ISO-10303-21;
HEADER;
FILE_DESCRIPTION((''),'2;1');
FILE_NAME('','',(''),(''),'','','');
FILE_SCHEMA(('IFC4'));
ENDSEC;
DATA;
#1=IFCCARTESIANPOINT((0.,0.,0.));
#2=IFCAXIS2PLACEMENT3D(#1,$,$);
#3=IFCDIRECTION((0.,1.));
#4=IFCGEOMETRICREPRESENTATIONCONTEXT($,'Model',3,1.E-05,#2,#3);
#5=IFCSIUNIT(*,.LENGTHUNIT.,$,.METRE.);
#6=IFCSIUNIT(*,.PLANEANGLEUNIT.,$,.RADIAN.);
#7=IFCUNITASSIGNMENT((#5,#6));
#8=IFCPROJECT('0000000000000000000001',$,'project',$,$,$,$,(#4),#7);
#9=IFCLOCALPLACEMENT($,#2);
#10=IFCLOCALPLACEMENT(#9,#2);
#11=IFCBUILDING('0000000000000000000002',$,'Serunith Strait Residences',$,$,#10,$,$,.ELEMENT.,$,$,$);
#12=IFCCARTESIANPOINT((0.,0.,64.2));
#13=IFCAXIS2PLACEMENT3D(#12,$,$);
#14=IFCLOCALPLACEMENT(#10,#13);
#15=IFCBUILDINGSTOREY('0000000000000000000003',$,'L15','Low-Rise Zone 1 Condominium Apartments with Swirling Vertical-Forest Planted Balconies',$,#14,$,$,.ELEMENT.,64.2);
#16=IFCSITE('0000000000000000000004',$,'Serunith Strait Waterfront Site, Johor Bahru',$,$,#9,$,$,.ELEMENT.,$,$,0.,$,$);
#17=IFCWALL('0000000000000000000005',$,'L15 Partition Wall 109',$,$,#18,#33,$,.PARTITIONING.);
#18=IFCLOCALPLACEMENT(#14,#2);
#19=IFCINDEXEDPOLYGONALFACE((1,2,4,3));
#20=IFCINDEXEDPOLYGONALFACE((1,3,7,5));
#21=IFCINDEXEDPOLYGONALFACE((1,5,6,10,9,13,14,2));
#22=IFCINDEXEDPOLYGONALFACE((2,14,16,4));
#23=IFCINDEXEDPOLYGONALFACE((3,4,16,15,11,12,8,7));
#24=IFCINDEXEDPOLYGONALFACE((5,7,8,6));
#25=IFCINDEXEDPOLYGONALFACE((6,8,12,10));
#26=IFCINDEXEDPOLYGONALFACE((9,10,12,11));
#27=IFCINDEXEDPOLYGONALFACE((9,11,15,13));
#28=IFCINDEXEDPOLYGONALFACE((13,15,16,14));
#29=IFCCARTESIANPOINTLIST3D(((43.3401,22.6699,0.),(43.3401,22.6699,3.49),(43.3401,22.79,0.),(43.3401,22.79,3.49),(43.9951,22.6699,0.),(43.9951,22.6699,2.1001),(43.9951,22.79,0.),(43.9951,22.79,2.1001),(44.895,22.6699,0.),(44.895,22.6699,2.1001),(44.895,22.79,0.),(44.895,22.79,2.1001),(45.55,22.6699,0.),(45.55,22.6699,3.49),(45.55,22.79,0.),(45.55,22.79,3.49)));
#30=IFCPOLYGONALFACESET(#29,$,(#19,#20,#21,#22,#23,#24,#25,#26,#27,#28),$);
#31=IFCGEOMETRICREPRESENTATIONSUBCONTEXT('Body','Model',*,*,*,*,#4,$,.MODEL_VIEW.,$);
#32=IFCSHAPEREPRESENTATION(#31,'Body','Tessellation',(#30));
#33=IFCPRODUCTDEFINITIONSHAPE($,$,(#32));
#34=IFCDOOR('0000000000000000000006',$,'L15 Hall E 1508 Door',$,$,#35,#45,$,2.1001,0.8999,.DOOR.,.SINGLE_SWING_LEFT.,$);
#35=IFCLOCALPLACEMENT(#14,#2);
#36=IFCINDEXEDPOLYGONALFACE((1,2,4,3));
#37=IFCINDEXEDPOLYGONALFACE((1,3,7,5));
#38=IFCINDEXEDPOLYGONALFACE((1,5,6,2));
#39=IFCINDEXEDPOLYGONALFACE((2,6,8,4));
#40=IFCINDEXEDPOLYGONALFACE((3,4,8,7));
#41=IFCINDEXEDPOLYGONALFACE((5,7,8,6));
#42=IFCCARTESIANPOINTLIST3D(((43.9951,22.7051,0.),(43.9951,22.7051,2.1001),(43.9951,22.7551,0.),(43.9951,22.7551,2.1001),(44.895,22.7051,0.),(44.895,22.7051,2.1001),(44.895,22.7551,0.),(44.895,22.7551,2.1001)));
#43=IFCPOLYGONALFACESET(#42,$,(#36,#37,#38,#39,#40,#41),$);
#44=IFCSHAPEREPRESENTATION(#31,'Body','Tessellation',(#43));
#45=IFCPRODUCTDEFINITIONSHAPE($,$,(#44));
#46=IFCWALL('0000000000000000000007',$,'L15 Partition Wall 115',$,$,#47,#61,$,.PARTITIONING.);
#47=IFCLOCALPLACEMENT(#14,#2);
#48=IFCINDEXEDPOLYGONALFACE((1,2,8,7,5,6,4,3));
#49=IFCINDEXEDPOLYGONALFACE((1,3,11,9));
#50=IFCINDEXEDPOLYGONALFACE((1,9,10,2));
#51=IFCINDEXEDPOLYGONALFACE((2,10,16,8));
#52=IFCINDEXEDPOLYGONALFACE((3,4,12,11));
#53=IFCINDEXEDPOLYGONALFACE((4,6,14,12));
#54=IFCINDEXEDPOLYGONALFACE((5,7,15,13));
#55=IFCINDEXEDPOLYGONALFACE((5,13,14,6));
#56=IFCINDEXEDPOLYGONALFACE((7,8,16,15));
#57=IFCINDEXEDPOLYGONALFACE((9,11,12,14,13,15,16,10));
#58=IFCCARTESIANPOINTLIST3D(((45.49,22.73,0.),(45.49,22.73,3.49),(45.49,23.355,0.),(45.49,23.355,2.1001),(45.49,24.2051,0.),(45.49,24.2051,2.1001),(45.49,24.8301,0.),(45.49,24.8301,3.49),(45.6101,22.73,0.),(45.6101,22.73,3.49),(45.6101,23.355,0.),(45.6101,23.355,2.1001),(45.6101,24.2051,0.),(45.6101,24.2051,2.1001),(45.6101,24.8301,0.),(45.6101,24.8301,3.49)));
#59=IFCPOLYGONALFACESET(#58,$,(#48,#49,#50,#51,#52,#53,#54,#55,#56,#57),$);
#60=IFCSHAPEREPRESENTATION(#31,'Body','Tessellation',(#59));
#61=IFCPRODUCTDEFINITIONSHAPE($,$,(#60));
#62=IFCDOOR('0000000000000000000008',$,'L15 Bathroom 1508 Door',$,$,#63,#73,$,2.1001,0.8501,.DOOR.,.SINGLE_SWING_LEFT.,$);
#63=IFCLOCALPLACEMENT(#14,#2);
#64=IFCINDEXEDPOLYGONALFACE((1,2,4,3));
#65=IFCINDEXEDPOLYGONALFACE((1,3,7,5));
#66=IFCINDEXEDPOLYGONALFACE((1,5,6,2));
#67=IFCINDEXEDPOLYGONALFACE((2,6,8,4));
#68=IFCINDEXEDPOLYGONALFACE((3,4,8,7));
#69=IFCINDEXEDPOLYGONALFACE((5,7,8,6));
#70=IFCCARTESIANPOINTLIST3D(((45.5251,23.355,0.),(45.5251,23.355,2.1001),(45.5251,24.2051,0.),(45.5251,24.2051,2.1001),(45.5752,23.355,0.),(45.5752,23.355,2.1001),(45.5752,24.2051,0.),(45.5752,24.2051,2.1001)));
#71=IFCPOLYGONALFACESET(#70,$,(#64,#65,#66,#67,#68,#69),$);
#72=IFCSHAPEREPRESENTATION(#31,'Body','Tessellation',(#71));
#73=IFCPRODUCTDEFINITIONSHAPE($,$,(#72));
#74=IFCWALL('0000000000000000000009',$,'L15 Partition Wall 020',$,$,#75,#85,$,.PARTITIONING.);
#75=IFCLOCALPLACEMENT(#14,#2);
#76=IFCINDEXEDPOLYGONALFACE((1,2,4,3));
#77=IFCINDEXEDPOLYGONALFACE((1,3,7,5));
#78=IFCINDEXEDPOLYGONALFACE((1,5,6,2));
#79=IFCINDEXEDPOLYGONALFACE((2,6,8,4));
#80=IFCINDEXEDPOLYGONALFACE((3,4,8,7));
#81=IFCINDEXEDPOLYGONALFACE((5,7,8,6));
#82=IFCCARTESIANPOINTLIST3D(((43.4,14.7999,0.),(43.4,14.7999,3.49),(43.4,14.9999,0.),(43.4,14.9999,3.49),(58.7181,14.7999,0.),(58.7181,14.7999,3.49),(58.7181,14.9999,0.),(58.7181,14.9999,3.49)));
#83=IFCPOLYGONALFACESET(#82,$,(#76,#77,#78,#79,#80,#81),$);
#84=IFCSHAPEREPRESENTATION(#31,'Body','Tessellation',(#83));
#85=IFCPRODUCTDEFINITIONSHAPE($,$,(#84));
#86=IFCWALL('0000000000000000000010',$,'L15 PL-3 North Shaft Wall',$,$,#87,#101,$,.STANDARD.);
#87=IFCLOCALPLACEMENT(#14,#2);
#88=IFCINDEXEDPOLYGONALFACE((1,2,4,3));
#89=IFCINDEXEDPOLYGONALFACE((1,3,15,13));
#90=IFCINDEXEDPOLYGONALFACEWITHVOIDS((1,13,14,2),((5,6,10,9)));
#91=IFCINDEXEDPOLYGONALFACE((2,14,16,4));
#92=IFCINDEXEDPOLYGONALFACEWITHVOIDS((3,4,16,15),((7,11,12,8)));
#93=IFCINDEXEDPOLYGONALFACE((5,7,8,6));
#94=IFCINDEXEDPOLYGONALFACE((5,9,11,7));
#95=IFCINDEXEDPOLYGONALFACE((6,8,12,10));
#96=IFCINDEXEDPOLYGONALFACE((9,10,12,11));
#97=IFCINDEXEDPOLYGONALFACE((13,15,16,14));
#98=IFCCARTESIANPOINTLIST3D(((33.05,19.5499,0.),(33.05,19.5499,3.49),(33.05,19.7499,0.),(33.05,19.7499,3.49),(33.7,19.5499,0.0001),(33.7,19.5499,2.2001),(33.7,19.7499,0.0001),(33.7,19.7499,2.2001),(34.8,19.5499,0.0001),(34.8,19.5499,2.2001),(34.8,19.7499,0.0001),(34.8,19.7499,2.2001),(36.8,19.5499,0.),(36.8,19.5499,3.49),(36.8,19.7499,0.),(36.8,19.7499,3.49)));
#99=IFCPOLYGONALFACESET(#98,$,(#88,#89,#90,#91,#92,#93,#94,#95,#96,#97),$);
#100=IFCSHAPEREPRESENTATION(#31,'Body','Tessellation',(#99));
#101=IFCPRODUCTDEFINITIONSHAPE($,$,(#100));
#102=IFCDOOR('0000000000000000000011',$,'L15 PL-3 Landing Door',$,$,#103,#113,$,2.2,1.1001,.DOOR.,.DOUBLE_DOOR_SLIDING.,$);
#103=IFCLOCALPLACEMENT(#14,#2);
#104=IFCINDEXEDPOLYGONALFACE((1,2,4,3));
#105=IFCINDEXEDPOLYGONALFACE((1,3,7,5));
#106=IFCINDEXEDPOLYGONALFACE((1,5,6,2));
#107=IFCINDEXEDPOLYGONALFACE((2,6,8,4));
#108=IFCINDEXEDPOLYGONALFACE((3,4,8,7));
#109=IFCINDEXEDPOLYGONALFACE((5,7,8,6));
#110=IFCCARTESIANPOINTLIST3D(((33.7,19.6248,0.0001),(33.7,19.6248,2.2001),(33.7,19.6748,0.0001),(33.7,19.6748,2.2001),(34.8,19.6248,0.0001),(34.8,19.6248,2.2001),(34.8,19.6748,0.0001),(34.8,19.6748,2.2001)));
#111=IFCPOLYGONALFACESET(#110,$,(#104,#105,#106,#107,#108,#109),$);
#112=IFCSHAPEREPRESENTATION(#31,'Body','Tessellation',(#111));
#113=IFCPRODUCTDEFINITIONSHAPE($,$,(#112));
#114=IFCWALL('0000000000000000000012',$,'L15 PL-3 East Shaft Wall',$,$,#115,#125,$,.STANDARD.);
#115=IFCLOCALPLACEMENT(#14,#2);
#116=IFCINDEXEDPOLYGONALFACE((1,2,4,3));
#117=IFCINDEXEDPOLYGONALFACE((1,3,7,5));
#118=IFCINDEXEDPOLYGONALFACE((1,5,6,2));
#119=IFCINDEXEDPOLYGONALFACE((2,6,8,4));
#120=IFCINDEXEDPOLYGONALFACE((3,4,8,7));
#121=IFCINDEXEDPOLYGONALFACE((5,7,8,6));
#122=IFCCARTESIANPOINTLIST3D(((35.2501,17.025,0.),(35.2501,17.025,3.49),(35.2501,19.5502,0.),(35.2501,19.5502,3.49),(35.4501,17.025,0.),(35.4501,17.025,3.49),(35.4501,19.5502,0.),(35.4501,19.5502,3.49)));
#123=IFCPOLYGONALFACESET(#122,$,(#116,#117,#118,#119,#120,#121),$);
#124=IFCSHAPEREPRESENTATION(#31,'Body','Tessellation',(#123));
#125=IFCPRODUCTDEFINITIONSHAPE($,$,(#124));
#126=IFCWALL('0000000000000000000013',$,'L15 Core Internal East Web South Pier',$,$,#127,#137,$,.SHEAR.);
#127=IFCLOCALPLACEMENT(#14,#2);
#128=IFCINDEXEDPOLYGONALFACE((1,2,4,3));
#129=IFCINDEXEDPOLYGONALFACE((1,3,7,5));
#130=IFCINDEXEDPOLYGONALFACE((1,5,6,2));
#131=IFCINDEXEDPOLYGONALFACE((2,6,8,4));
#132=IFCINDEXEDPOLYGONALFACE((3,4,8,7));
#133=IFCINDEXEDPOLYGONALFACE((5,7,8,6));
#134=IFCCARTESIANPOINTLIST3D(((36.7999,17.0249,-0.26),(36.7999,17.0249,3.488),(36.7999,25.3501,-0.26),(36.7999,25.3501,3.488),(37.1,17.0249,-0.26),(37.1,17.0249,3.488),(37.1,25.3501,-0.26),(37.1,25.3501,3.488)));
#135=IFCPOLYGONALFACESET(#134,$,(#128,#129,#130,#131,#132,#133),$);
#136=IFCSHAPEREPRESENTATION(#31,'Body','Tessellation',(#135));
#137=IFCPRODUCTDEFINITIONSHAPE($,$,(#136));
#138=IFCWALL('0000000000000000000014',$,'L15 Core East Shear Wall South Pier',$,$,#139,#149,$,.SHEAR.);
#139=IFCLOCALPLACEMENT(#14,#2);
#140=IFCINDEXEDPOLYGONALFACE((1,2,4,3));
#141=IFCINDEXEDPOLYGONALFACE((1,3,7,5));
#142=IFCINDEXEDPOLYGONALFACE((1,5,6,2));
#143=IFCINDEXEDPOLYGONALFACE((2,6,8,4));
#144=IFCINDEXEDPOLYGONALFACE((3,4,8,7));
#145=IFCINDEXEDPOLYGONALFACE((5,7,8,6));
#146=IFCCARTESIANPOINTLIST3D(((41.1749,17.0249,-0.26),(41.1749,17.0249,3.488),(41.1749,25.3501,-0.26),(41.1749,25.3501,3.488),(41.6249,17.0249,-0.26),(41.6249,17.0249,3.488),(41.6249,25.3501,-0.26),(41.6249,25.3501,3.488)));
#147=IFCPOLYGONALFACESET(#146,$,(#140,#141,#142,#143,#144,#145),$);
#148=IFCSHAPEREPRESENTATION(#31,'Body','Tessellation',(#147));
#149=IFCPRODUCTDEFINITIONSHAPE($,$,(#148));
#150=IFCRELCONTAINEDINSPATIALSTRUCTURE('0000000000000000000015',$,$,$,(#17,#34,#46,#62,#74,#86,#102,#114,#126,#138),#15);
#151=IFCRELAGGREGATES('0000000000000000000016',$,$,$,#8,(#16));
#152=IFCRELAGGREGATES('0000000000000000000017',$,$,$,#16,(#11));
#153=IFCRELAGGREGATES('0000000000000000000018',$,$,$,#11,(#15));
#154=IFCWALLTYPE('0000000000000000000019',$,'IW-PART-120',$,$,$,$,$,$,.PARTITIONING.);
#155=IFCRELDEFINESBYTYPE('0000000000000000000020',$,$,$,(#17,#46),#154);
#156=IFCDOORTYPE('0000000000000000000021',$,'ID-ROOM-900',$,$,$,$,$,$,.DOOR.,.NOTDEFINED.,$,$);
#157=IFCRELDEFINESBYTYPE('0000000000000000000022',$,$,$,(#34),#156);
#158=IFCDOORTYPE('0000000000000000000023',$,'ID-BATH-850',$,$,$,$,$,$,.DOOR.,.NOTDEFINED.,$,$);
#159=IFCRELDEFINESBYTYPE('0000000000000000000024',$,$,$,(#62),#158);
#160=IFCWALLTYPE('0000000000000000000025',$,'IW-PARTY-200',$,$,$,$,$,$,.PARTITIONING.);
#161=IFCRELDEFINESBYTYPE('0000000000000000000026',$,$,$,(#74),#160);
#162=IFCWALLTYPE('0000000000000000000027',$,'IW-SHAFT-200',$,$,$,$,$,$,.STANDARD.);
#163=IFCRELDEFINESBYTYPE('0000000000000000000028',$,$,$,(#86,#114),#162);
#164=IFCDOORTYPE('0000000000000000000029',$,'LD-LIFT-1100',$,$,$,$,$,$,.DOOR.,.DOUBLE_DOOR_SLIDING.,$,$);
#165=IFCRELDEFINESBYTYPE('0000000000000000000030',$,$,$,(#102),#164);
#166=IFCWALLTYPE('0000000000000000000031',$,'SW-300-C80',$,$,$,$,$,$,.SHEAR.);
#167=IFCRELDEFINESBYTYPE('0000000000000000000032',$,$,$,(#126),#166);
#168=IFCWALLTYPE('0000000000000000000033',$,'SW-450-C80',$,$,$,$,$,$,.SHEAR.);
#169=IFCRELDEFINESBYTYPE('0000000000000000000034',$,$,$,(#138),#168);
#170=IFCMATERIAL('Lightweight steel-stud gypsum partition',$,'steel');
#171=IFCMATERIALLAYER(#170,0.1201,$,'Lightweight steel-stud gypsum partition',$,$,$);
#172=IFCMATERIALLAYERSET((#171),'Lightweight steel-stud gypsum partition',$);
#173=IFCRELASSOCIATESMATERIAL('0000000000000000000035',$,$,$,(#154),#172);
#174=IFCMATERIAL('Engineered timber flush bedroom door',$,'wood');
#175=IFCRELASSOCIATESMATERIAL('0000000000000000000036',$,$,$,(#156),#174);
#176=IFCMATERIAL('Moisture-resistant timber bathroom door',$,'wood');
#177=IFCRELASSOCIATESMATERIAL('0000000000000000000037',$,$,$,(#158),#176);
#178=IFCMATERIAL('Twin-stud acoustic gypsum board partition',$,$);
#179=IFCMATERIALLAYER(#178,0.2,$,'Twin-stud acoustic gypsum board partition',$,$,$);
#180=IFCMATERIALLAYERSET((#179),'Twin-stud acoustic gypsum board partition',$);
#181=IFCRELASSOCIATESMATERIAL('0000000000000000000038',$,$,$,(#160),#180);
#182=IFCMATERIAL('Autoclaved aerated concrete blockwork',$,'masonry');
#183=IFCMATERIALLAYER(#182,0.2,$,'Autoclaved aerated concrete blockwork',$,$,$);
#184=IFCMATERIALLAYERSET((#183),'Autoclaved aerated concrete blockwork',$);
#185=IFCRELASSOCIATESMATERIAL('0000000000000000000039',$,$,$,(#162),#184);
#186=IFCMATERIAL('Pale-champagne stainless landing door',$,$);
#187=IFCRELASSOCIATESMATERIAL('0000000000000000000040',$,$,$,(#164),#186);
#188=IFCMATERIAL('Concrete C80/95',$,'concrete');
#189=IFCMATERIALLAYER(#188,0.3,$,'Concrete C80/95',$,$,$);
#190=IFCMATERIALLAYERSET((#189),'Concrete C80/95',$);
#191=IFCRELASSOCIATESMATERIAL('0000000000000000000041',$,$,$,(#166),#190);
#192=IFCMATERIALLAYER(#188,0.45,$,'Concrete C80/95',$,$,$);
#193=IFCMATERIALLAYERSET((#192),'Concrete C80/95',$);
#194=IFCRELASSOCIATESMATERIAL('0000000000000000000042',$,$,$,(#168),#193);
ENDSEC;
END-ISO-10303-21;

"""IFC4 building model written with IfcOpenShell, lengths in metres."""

from ifc_helpers import new_model, si_unit, direction, frame, frame_2d, origin, place, context, subcontext, project, spatial, rectangle, extrude, source, transform, mapped, material, layer, layer_set, type_object, element, fill, save


model = new_model("IFC4")

# Units and contexts
model_context = context("Model", 3, precision=1e-05, world=origin(), true_north=direction((0.0, 1.0)))
body_context = subcontext(model_context, "Body", "Model", "MODEL_VIEW")
ifc_project = project(units=[si_unit("LENGTHUNIT", "METRE"), si_unit("PLANEANGLEUNIT", "RADIAN")], contexts=[model_context])

# Site, building, storey
site_placement = place(None, origin())
site = spatial("IfcSite", under=ifc_project, at=site_placement, Name="Serunith Strait Waterfront Site, Johor Bahru", CompositionType="ELEMENT", RefElevation=0.0)
building_placement = place(site_placement, origin())
building = spatial("IfcBuilding", under=site, at=building_placement, Name="Serunith Strait Residences", CompositionType="ELEMENT")
storey_placement = place(building_placement, frame((0.0, 0.0, 64.2)))
storey = spatial("IfcBuildingStorey", under=building, at=storey_placement, Name="L15", Description="Low-Rise Zone 1 Condominium Apartments with Swirling Vertical-Forest Planted Balconies", CompositionType="ELEMENT", Elevation=64.2)

# Walls, openings, doors
ifc_material_1 = material(Name="Lightweight steel-stud gypsum partition", Category="steel")
ifc_layer_1 = layer(ifc_material_1, 0.1201, Name="Lightweight steel-stud gypsum partition")
ifc_layer_set_1 = layer_set([ifc_layer_1], Name="Lightweight steel-stud gypsum partition")
wall_type_1 = type_object("IfcWallType", Name="IW-PART-120", PredefinedType="PARTITIONING", material=ifc_layer_set_1)
wall_1_placement = place(storey_placement, frame((45.55, 22.73, 0.0), z_axis=(0.0, 0.0, 1.0), x_axis=(-1.0, 0.0, 0.0)))
wall_1 = element("IfcWall", 1, at=wall_1_placement, inside=storey, type_object=wall_type_1, Name="L15 Partition Wall 109", PredefinedType="PARTITIONING", context=body_context, shape_type="SweptSolid", body=[
    extrude(rectangle(XDim=2.21, YDim=0.1201, at=frame_2d((1.105, 0.0))), origin(), (0.0, 0.0, 1.0), 3.49),
])
opening_1_placement = place(wall_1_placement, frame((0.655, 0.0, 0.0)))
opening_1 = element("IfcOpeningElement", 2, at=opening_1_placement, cuts=wall_1, PredefinedType="OPENING", context=body_context, shape_type="SweptSolid", body=[
    extrude(rectangle(XDim=0.8999, YDim=2.1001, at=frame_2d((0.45, 1.05))), frame((0.0, 0.0701, 0.0), z_axis=(0.0, -1.0, 0.0), x_axis=(1.0, 0.0, 0.0)), (0.0, 0.0, 1.0), 0.1401),
])
ifc_material_2 = material(Name="Engineered timber flush bedroom door", Category="wood")
door_type_1 = type_object("IfcDoorType", Name="ID-ROOM-900", OperationType="NOTDEFINED", PredefinedType="DOOR", material=ifc_material_2)
shared_shape_1 = source(origin(), body_context, "Body", "SweptSolid", [
    extrude(rectangle(XDim=0.8999, YDim=2.1001, at=frame_2d((0.45, 1.05))), frame((0.0, 0.0249, 0.0), z_axis=(0.0, -1.0, 0.0), x_axis=(1.0, 0.0, 0.0)), (0.0, 0.0, 1.0), 0.05),
])
door_1_placement = place(opening_1_placement, origin())
door_1 = element("IfcDoor", 3, at=door_1_placement, inside=storey, type_object=door_type_1, Name="L15 Hall E 1508 Door", OperationType="SINGLE_SWING_LEFT", OverallHeight=2.1001, OverallWidth=0.8999, PredefinedType="DOOR", context=body_context, shape_type="MappedRepresentation", body=[
    mapped(shared_shape_1, transform((0.0, 0.0, 0.0), scale=1.0)),
])
fill(opening_1, door_1)
wall_2_placement = place(storey_placement, frame((45.55, 22.73, 0.0), z_axis=(0.0, 0.0, 1.0), x_axis=(0.0, 1.0, 0.0)))
wall_2 = element("IfcWall", 4, at=wall_2_placement, inside=storey, type_object=wall_type_1, Name="L15 Partition Wall 115", PredefinedType="PARTITIONING", context=body_context, shape_type="SweptSolid", body=[
    extrude(rectangle(XDim=2.1001, YDim=0.1201, at=frame_2d((1.05, 0.0))), origin(), (0.0, 0.0, 1.0), 3.49),
])
opening_2_placement = place(wall_2_placement, frame((0.625, 0.0, 0.0)))
opening_2 = element("IfcOpeningElement", 5, at=opening_2_placement, cuts=wall_2, PredefinedType="OPENING", context=body_context, shape_type="SweptSolid", body=[
    extrude(rectangle(XDim=0.8501, YDim=2.1001, at=frame_2d((0.425, 1.05))), frame((0.0, 0.0701, 0.0), z_axis=(0.0, -1.0, 0.0), x_axis=(1.0, 0.0, 0.0)), (0.0, 0.0, 1.0), 0.1401),
])
ifc_material_3 = material(Name="Moisture-resistant timber bathroom door", Category="wood")
door_type_2 = type_object("IfcDoorType", Name="ID-BATH-850", OperationType="NOTDEFINED", PredefinedType="DOOR", material=ifc_material_3)
shared_shape_2 = source(origin(), body_context, "Body", "SweptSolid", [
    extrude(rectangle(XDim=0.8501, YDim=2.1001, at=frame_2d((0.425, 1.05))), frame((0.0, 0.0249, 0.0), z_axis=(0.0, -1.0, 0.0), x_axis=(1.0, 0.0, 0.0)), (0.0, 0.0, 1.0), 0.05),
])
door_2_placement = place(opening_2_placement, origin())
door_2 = element("IfcDoor", 6, at=door_2_placement, inside=storey, type_object=door_type_2, Name="L15 Bathroom 1508 Door", OperationType="SINGLE_SWING_LEFT", OverallHeight=2.1001, OverallWidth=0.8501, PredefinedType="DOOR", context=body_context, shape_type="MappedRepresentation", body=[
    mapped(shared_shape_2, transform((0.0, 0.0, 0.0), scale=1.0)),
])
fill(opening_2, door_2)

# Wall
ifc_material_4 = material(Name="Twin-stud acoustic gypsum board partition")
ifc_layer_2 = layer(ifc_material_4, 0.2, Name="Twin-stud acoustic gypsum board partition")
ifc_layer_set_2 = layer_set([ifc_layer_2], Name="Twin-stud acoustic gypsum board partition")
wall_type_2 = type_object("IfcWallType", Name="IW-PARTY-200", PredefinedType="PARTITIONING", material=ifc_layer_set_2)
wall_3_placement = place(storey_placement, frame((43.3999, 14.8999, 0.0), z_axis=(0.0, 0.0, 1.0), x_axis=(1.0, 0.0, 0.0)))
element("IfcWall", 7, at=wall_3_placement, inside=storey, type_object=wall_type_2, Name="L15 Partition Wall 020", PredefinedType="PARTITIONING", context=body_context, shape_type="SweptSolid", body=[
    extrude(rectangle(XDim=15.3181, YDim=0.2, at=frame_2d((7.6592, 0.0))), origin(), (0.0, 0.0, 1.0), 3.49),
])

# Wall, opening, door
ifc_material_5 = material(Name="Autoclaved aerated concrete blockwork", Category="masonry")
ifc_layer_3 = layer(ifc_material_5, 0.2, Name="Autoclaved aerated concrete blockwork")
ifc_layer_set_3 = layer_set([ifc_layer_3], Name="Autoclaved aerated concrete blockwork")
wall_type_3 = type_object("IfcWallType", Name="IW-SHAFT-200", PredefinedType="STANDARD", material=ifc_layer_set_3)
wall_4_placement = place(storey_placement, frame((33.05, 19.6499, 0.0), z_axis=(0.0, 0.0, 1.0), x_axis=(1.0, 0.0, 0.0)))
wall_4 = element("IfcWall", 8, at=wall_4_placement, inside=storey, type_object=wall_type_3, Name="L15 PL-3 North Shaft Wall", PredefinedType="STANDARD", context=body_context, shape_type="SweptSolid", body=[
    extrude(rectangle(XDim=3.75, YDim=0.2, at=frame_2d((1.875, 0.0))), origin(), (0.0, 0.0, 1.0), 3.49),
])
opening_3_placement = place(wall_4_placement, frame((0.6499, 0.0, 0.0)))
opening_3 = element("IfcOpeningElement", 9, at=opening_3_placement, cuts=wall_4, PredefinedType="OPENING", context=body_context, shape_type="SweptSolid", body=[
    extrude(rectangle(XDim=1.1001, YDim=2.2, at=frame_2d((0.55, 1.1001))), frame((0.0, 0.1099, 0.0), z_axis=(0.0, -1.0, 0.0), x_axis=(1.0, 0.0, 0.0)), (0.0, 0.0, 1.0), 0.22),
])
ifc_material_6 = material(Name="Pale-champagne stainless landing door")
door_type_3 = type_object("IfcDoorType", Name="LD-LIFT-1100", OperationType="DOUBLE_DOOR_SLIDING", PredefinedType="DOOR", material=ifc_material_6)
shared_shape_3 = source(origin(), body_context, "Body", "SweptSolid", [
    extrude(rectangle(XDim=1.1001, YDim=2.2, at=frame_2d((0.55, 1.1001))), frame((0.0, 0.0249, 0.0), z_axis=(0.0, -1.0, 0.0), x_axis=(1.0, 0.0, 0.0)), (0.0, 0.0, 1.0), 0.05),
])
door_3_placement = place(opening_3_placement, origin())
door_3 = element("IfcDoor", 10, at=door_3_placement, inside=storey, type_object=door_type_3, Name="L15 PL-3 Landing Door", OperationType="DOUBLE_DOOR_SLIDING", OverallHeight=2.2, OverallWidth=1.1001, PredefinedType="DOOR", context=body_context, shape_type="MappedRepresentation", body=[
    mapped(shared_shape_3, transform((0.0, 0.0, 0.0), scale=1.0)),
])
fill(opening_3, door_3)

# Walls
wall_5_placement = place(storey_placement, frame((35.3501, 17.0249, 0.0), z_axis=(0.0, 0.0, 1.0), x_axis=(0.0, 1.0, 0.0)))
element("IfcWall", 11, at=wall_5_placement, inside=storey, type_object=wall_type_3, Name="L15 PL-3 East Shaft Wall", PredefinedType="STANDARD", context=body_context, shape_type="SweptSolid", body=[
    extrude(rectangle(XDim=2.5251, YDim=0.2, at=frame_2d((1.2627, 0.0))), origin(), (0.0, 0.0, 1.0), 3.49),
])
ifc_material_7 = material(Name="Concrete C80/95", Category="concrete")
ifc_layer_4 = layer(ifc_material_7, 0.3, Name="Concrete C80/95")
ifc_layer_set_4 = layer_set([ifc_layer_4], Name="Concrete C80/95")
wall_type_4 = type_object("IfcWallType", Name="SW-300-C80", PredefinedType="SHEAR", material=ifc_layer_set_4)
wall_6_placement = place(storey_placement, frame((36.95, 17.0249, -0.26), z_axis=(0.0, 0.0, 1.0), x_axis=(0.0, 1.0, 0.0)))
element("IfcWall", 12, at=wall_6_placement, inside=storey, type_object=wall_type_4, Name="L15 Core Internal East Web South Pier", PredefinedType="SHEAR", context=body_context, shape_type="SweptSolid", body=[
    extrude(rectangle(XDim=8.3252, YDim=0.3, at=frame_2d((4.1626, 0.0))), origin(), (0.0, 0.0, 1.0), 3.748),
])
ifc_layer_5 = layer(ifc_material_7, 0.45, Name="Concrete C80/95")
ifc_layer_set_5 = layer_set([ifc_layer_5], Name="Concrete C80/95")
wall_type_5 = type_object("IfcWallType", Name="SW-450-C80", PredefinedType="SHEAR", material=ifc_layer_set_5)
wall_7_placement = place(storey_placement, frame((41.3999, 17.0249, -0.26), z_axis=(0.0, 0.0, 1.0), x_axis=(0.0, 1.0, 0.0)))
element("IfcWall", 13, at=wall_7_placement, inside=storey, type_object=wall_type_5, Name="L15 Core East Shear Wall South Pier", PredefinedType="SHEAR", context=body_context, shape_type="SweptSolid", body=[
    extrude(rectangle(XDim=8.3252, YDim=0.45, at=frame_2d((4.1626, 0.0))), origin(), (0.0, 0.0, 1.0), 3.748),
])

save(model, "model.ifc")
